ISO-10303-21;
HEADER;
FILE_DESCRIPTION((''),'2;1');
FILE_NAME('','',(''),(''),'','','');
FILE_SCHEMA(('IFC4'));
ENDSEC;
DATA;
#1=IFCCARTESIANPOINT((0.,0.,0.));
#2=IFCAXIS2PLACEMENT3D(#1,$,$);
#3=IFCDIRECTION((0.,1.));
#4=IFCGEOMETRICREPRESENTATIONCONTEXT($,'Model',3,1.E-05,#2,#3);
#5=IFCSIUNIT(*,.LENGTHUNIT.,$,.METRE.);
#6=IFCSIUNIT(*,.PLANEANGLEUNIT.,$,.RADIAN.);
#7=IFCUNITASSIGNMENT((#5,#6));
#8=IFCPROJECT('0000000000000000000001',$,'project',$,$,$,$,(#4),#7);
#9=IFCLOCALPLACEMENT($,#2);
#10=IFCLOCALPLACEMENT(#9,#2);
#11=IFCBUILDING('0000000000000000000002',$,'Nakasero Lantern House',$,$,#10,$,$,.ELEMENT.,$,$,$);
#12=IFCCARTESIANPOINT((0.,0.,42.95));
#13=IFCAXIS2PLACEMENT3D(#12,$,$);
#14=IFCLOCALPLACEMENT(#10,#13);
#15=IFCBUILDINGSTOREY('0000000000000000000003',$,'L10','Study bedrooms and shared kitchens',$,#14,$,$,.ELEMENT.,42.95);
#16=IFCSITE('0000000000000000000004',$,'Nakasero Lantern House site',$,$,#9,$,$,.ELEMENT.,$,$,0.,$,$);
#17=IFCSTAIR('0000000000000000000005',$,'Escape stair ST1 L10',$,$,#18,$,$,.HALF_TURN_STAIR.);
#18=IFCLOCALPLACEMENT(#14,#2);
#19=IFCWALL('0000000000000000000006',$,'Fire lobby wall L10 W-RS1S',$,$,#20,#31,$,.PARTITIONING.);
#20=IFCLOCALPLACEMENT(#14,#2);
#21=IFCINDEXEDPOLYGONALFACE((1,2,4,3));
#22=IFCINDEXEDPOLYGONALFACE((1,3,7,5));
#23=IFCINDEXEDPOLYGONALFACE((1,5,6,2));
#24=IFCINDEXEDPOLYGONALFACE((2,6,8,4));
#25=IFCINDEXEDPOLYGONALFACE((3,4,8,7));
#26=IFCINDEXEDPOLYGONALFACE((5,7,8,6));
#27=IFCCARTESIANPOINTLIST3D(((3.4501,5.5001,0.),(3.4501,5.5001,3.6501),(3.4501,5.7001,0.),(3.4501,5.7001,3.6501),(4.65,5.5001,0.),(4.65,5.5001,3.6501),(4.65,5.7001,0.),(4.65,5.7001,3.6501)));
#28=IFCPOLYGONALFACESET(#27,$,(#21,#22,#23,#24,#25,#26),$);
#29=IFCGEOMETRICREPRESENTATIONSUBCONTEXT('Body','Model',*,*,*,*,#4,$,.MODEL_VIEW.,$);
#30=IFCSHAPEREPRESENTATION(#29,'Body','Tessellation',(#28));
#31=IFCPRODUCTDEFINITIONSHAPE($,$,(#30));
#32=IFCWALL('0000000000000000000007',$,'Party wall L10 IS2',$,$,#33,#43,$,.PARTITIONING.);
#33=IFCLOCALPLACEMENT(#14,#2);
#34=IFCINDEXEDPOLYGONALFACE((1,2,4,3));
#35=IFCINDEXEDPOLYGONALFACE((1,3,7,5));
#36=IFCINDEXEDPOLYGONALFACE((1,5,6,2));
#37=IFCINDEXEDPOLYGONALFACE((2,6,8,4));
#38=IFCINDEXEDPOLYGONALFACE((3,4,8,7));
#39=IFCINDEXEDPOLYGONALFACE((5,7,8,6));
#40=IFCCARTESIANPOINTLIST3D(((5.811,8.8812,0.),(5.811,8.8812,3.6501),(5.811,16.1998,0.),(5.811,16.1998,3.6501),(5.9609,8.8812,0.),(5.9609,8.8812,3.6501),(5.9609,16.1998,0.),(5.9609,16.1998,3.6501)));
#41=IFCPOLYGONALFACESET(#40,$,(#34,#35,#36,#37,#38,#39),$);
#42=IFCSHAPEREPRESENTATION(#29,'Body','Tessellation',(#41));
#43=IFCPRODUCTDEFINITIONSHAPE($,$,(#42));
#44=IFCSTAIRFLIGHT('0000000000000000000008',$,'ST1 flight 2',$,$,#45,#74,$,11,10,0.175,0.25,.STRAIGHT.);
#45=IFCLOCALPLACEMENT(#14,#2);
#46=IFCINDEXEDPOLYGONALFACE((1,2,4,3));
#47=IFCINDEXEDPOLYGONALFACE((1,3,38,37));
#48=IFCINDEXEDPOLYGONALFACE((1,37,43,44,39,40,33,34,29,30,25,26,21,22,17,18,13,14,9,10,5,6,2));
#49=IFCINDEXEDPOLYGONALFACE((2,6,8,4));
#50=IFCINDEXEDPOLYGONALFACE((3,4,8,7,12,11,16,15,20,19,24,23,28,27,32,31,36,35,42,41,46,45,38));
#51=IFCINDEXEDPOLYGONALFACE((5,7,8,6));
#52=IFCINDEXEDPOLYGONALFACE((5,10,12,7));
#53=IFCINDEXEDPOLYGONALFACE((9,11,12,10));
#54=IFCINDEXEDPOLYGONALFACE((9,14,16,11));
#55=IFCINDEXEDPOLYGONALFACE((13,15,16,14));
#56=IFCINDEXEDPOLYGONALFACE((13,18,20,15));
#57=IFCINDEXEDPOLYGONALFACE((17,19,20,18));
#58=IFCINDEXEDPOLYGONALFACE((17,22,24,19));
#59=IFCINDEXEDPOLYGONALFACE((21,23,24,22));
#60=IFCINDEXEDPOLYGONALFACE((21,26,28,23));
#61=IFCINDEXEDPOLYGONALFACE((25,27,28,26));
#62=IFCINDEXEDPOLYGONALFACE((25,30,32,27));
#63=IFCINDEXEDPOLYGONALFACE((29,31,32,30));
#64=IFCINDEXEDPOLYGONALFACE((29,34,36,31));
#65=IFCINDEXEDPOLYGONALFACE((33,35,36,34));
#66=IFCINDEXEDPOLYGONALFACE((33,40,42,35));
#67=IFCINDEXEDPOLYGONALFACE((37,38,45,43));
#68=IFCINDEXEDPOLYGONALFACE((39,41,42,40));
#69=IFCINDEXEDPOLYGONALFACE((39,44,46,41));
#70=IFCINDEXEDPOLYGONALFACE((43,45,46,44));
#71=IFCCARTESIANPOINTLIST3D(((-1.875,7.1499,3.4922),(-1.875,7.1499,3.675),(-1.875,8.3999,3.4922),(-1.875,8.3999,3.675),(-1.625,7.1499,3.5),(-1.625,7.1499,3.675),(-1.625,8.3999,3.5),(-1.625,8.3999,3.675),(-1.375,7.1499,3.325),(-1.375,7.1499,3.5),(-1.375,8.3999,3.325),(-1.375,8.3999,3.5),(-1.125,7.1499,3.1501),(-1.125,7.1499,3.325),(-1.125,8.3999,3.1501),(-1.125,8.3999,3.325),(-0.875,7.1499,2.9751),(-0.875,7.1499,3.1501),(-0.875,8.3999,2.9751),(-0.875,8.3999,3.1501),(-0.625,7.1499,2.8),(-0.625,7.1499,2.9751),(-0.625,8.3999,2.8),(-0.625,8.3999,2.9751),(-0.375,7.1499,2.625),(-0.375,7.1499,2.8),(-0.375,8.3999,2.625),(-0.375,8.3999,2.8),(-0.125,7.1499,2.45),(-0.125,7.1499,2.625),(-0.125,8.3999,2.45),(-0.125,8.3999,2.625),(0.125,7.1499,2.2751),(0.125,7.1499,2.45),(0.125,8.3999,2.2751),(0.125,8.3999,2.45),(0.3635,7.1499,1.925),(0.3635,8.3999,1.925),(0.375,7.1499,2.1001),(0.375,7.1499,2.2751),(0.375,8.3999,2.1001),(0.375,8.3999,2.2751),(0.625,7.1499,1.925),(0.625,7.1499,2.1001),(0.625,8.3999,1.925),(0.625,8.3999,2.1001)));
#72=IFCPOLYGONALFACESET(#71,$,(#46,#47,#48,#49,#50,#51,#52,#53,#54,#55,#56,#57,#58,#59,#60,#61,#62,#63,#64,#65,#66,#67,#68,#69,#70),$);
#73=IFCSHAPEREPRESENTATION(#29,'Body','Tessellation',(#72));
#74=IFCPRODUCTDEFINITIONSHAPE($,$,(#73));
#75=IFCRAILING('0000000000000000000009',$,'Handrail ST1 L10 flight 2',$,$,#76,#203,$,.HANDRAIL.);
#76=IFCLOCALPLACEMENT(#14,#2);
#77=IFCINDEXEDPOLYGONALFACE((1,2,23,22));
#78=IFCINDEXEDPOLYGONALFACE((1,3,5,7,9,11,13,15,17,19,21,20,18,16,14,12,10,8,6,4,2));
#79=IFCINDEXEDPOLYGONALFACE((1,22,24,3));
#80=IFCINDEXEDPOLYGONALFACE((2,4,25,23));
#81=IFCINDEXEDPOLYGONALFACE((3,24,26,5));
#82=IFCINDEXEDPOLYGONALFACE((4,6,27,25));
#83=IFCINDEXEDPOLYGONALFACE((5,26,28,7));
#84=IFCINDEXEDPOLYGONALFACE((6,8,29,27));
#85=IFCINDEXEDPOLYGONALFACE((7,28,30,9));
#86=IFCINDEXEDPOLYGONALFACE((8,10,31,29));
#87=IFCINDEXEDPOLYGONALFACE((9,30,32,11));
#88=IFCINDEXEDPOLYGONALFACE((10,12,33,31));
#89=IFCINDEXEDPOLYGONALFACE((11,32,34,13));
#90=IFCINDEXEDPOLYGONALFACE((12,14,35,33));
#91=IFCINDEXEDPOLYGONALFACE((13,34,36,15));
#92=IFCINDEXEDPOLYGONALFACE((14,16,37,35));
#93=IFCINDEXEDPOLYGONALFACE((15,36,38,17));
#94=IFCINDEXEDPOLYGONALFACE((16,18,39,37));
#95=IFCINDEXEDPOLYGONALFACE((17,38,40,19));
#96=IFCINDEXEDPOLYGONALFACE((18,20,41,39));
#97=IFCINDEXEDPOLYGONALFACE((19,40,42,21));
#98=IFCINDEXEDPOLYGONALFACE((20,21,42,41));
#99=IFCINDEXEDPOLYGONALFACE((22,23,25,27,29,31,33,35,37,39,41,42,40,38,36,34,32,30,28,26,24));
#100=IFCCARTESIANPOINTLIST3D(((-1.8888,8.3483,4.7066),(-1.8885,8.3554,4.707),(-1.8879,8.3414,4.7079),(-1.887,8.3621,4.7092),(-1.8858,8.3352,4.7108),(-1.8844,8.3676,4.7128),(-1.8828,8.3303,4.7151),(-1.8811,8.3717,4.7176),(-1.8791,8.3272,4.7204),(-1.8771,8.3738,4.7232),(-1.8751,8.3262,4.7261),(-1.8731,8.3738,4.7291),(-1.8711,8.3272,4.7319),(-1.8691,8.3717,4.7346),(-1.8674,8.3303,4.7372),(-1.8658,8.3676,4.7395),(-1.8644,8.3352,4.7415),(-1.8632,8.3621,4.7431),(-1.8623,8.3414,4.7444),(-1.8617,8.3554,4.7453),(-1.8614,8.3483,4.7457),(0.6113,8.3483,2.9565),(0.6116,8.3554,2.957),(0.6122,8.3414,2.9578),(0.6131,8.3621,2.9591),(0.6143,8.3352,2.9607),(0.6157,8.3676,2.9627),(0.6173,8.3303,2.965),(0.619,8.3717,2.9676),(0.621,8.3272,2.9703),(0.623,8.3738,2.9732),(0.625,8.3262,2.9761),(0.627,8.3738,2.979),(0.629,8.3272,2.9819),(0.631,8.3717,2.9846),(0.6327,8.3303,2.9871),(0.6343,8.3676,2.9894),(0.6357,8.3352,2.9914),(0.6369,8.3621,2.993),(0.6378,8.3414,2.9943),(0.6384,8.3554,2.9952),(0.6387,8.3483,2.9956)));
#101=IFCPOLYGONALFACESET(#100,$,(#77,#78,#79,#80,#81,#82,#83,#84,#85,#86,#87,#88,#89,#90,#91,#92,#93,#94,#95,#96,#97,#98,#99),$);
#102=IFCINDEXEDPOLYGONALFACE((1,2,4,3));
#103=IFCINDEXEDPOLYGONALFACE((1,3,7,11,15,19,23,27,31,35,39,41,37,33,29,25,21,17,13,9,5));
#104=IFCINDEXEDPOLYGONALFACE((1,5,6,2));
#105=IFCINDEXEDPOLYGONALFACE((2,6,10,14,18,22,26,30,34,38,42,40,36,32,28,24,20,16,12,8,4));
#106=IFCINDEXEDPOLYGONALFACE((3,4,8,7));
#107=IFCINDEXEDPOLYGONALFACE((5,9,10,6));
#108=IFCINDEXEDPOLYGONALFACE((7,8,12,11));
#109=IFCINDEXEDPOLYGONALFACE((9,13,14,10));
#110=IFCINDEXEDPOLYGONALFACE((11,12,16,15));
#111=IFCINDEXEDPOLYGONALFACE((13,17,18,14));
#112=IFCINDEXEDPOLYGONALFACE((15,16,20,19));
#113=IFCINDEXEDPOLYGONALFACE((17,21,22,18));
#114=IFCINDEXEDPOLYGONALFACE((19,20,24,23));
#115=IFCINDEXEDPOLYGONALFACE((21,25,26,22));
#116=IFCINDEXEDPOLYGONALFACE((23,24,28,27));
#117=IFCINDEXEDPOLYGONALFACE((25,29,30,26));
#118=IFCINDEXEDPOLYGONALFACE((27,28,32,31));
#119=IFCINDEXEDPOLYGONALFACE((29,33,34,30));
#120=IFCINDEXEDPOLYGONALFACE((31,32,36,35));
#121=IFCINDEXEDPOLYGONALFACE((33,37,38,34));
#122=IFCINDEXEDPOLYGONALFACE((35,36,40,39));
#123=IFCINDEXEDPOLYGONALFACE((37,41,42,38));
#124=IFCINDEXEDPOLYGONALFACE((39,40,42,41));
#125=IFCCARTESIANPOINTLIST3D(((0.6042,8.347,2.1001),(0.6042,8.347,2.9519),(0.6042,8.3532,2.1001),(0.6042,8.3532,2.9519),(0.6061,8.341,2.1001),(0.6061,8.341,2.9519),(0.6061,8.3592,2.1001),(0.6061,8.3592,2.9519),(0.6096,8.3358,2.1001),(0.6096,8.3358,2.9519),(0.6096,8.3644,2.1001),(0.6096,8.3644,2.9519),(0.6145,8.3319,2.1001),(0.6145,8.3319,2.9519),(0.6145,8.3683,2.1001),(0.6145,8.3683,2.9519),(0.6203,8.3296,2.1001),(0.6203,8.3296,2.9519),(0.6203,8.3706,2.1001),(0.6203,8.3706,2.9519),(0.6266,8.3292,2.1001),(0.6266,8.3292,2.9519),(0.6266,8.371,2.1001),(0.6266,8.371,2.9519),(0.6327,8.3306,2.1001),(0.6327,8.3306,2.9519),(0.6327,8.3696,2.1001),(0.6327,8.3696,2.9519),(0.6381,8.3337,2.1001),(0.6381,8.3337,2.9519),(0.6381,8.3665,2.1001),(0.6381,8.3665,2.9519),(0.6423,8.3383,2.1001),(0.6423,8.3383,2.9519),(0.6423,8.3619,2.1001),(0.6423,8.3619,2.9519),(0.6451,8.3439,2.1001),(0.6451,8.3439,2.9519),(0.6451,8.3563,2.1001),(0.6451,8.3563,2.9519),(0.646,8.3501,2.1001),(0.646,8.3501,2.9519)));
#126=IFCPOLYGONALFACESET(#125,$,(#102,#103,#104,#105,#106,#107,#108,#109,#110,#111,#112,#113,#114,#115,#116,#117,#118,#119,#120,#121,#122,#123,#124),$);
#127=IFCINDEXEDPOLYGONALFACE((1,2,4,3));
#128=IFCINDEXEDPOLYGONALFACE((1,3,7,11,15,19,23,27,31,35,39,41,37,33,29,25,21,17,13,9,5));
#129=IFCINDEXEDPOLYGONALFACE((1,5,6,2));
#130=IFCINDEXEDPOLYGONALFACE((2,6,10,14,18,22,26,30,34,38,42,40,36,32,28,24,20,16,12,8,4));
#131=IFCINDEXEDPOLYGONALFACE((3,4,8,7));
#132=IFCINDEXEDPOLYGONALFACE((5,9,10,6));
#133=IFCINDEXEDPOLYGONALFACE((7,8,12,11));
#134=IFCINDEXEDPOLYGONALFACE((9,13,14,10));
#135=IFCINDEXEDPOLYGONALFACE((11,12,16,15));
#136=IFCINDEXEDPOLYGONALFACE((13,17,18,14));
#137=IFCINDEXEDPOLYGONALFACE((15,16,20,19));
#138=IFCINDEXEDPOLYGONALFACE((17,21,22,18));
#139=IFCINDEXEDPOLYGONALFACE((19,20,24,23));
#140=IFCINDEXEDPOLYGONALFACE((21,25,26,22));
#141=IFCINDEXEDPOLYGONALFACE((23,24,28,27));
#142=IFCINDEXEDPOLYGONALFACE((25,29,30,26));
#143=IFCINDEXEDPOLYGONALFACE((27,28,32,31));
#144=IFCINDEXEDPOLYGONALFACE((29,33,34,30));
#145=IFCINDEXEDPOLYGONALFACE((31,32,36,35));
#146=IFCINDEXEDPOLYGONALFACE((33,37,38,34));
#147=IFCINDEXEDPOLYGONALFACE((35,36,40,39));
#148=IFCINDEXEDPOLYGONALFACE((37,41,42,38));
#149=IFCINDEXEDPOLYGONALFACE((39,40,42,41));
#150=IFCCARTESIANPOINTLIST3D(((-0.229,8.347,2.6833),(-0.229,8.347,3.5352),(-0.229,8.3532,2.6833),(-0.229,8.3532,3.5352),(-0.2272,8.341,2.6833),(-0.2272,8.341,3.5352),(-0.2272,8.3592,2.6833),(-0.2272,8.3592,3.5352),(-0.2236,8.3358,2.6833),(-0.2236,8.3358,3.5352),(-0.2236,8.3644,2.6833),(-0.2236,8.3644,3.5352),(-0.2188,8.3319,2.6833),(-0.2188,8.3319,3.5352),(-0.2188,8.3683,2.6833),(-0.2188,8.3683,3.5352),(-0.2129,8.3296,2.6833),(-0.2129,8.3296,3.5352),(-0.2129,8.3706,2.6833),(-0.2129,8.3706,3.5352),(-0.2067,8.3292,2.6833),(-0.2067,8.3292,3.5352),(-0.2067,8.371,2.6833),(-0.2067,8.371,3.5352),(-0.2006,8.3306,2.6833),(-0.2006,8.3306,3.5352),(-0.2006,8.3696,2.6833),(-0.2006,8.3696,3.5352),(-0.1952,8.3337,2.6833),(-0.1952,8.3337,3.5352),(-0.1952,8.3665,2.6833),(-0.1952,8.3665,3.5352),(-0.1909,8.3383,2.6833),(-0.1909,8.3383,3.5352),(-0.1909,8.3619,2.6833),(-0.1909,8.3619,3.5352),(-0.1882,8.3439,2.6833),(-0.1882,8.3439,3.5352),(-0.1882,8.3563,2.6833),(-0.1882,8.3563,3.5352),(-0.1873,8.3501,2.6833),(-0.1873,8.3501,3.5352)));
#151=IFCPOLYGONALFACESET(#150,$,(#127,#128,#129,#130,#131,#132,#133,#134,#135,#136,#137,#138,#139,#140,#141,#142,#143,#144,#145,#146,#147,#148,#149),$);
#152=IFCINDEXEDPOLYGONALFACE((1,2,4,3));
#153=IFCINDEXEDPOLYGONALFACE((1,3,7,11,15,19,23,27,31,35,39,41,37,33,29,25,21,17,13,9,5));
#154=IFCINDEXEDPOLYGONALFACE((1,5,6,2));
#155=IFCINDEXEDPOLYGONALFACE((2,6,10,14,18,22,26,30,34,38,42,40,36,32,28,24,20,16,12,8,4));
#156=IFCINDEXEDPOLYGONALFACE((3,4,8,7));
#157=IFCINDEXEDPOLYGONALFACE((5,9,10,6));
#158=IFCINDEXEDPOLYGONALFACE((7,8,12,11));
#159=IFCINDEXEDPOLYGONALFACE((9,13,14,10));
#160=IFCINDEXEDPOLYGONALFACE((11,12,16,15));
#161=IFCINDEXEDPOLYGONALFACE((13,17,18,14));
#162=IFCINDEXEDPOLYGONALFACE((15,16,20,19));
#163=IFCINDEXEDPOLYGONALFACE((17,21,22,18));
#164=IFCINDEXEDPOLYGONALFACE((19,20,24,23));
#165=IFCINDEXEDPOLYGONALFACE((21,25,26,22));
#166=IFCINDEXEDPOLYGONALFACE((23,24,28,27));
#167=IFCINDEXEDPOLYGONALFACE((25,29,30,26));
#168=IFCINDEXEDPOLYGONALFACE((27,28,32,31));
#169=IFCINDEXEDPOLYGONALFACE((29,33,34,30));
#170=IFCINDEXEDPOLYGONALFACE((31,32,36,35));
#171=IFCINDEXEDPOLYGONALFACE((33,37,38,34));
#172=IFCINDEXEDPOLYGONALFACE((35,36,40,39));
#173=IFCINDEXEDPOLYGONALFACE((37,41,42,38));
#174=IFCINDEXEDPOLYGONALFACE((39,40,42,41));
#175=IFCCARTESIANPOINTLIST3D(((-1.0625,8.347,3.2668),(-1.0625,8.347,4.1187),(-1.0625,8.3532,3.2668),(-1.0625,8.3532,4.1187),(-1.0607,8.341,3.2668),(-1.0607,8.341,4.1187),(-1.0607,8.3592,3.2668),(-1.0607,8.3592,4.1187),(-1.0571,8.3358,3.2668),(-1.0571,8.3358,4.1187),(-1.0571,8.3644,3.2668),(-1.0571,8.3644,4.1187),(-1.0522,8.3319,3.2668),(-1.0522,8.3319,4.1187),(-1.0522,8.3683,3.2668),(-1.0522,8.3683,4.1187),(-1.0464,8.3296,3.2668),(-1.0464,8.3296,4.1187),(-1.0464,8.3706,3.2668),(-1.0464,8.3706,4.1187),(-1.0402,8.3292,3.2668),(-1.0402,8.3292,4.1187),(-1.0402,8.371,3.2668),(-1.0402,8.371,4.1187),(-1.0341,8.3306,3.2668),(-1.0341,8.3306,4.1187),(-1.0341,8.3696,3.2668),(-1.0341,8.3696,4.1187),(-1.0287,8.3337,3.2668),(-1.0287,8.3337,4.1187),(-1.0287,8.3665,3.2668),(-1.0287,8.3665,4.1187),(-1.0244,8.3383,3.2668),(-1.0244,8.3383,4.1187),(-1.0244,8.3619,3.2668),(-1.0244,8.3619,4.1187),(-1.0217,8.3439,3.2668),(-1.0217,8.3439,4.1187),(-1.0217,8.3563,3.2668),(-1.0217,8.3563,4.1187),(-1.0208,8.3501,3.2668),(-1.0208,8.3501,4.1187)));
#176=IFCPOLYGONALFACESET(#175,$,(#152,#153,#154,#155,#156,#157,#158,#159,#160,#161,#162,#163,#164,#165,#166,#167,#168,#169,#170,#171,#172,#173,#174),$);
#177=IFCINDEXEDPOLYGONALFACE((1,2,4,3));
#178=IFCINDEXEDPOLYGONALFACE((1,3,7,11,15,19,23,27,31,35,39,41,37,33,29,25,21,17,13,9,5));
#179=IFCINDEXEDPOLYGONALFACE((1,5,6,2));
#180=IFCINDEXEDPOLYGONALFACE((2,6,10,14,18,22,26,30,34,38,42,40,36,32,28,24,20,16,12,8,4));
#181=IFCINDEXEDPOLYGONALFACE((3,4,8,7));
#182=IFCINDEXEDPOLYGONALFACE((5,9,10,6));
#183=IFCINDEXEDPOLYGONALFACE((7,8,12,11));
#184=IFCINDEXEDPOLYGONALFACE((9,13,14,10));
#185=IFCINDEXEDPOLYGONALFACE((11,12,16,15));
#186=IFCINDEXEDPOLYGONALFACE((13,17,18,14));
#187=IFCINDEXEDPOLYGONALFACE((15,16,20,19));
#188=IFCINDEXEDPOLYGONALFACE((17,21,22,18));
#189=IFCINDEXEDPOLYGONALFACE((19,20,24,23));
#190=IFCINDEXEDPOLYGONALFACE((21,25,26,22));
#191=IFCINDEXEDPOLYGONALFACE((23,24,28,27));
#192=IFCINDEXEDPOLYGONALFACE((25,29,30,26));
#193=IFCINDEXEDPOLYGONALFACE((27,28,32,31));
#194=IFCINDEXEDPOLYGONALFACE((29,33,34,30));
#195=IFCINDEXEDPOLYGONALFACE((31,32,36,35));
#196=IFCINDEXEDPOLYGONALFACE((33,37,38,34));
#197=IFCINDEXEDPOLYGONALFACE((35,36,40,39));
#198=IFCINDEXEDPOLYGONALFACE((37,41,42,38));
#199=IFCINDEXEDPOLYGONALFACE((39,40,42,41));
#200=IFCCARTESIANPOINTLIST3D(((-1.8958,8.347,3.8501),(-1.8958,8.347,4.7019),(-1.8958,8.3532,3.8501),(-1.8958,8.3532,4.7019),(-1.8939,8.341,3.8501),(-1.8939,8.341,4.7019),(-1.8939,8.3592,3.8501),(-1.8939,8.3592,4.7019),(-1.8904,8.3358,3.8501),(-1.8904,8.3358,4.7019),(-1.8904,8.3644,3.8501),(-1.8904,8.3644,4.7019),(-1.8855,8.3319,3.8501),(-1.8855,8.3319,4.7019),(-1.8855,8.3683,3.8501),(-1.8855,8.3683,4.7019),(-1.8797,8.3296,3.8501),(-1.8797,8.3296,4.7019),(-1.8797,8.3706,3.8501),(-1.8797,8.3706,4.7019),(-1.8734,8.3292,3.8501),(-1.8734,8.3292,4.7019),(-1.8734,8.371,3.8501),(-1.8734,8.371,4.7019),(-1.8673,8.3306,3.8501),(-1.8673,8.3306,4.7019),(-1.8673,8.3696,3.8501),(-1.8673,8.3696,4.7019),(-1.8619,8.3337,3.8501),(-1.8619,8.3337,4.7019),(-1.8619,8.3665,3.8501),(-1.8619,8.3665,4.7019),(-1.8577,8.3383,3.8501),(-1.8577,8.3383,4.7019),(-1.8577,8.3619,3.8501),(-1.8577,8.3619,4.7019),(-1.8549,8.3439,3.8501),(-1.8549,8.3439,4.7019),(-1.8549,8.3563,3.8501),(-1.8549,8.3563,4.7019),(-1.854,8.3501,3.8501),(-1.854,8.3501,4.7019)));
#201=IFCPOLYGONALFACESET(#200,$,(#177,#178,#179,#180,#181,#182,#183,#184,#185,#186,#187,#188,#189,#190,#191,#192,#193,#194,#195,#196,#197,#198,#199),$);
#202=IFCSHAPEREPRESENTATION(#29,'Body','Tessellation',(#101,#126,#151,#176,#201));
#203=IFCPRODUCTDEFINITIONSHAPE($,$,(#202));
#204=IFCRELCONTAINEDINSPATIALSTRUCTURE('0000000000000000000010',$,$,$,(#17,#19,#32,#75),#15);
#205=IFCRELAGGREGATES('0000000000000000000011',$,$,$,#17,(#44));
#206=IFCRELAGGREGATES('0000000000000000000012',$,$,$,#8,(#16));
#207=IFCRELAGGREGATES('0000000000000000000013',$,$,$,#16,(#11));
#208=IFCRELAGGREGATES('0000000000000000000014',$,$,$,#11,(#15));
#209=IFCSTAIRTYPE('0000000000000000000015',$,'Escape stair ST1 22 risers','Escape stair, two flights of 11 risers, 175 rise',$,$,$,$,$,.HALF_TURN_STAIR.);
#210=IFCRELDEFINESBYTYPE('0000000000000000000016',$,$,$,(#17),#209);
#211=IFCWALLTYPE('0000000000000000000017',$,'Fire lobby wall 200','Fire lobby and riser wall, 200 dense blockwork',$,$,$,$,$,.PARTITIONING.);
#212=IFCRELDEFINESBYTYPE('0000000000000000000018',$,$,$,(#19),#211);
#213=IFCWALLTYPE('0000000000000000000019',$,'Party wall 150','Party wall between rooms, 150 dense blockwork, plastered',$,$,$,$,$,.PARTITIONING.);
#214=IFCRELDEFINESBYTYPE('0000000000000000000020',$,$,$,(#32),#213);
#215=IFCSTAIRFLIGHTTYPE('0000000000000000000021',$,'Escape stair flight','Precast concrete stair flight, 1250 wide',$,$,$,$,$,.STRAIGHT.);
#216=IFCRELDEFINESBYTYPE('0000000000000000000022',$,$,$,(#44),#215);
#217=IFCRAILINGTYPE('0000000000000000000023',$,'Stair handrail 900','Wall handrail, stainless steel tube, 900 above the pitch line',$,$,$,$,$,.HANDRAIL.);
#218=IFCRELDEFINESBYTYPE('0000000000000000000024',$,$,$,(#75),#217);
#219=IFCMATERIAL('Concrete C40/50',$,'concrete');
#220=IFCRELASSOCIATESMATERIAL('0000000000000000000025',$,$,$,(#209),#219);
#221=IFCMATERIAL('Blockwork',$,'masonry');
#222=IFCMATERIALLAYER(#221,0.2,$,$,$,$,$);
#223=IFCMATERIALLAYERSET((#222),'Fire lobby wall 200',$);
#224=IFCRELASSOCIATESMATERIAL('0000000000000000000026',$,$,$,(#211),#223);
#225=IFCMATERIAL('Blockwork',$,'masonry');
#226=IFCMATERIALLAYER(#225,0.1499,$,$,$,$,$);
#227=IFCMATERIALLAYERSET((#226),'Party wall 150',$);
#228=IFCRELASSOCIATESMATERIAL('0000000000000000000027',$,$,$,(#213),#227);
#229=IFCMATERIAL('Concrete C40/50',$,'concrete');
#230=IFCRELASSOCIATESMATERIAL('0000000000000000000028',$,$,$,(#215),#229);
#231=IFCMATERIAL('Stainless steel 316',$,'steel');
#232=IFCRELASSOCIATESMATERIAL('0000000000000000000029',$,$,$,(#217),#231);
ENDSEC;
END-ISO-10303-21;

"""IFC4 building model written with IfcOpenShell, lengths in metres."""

from ifc_helpers import new_model, si_unit, direction, frame, frame_2d, origin, origin_2d, place, context, subcontext, project, spatial, polyline, rectangle, circle, outline, extrude, material, layer, layer_set, type_object, element, aggregate, save


model = new_model("IFC4")

# Units and contexts
model_context = context("Model", 3, precision=1e-05, world=origin(), true_north=direction((0.0, 1.0)))
body_context = subcontext(model_context, "Body", "Model", "MODEL_VIEW")
ifc_project = project(units=[si_unit("LENGTHUNIT", "METRE"), si_unit("PLANEANGLEUNIT", "RADIAN")], contexts=[model_context])

# Site, building, storey
site_placement = place(None, origin())
site = spatial("IfcSite", under=ifc_project, at=site_placement, Name="Nakasero Lantern House site", CompositionType="ELEMENT", RefElevation=0.0)
building_placement = place(site_placement, origin())
building = spatial("IfcBuilding", under=site, at=building_placement, Name="Nakasero Lantern House", CompositionType="ELEMENT")
storey_placement = place(building_placement, frame((0.0, 0.0, 42.95)))
storey = spatial("IfcBuildingStorey", under=building, at=storey_placement, Name="L10", Description="Study bedrooms and shared kitchens", CompositionType="ELEMENT", Elevation=42.95)

# Stair
ifc_material_1 = material(Name="Concrete C40/50", Category="concrete")
stair_type_1 = type_object("IfcStairType", Name="Escape stair ST1 22 risers", Description="Escape stair, two flights of 11 risers, 175 rise", PredefinedType="HALF_TURN_STAIR", material=ifc_material_1)
stair_1_placement = place(storey_placement, origin())
stair_1 = element("IfcStair", 1, at=stair_1_placement, inside=storey, type_object=stair_type_1, Name="Escape stair ST1 L10", PredefinedType="HALF_TURN_STAIR")

# Shared definitions
ifc_material_2 = material(Name="Blockwork", Category="masonry")
ifc_layer_1 = layer(ifc_material_2, 0.2)
ifc_layer_set_1 = layer_set([ifc_layer_1], Name="Fire lobby wall 200")
wall_type_1 = type_object("IfcWallType", Name="Fire lobby wall 200", Description="Fire lobby and riser wall, 200 dense blockwork", PredefinedType="PARTITIONING", material=ifc_layer_set_1)

# Walls
for number, where, z_axis, x_axis, name in (
    (2, (3.45, 5.6001, 0.0), (0.0, 0.0, 1.0), (1.0, 0.0, 0.0), "Fire lobby wall L10 W-RS1S"),
):
    element("IfcWall", number, at=place(storey_placement, frame(where, z_axis=z_axis, x_axis=x_axis)), inside=storey, type_object=wall_type_1, Name=name, PredefinedType="PARTITIONING", context=body_context, shape_type="SweptSolid", body=[
        extrude(rectangle(XDim=1.2, YDim=0.2, at=frame_2d((0.6001, 0.0))), origin(), (0.0, 0.0, 1.0), 3.6501),
    ])
ifc_material_3 = material(Name="Blockwork", Category="masonry")
ifc_layer_2 = layer(ifc_material_3, 0.1499)
ifc_layer_set_2 = layer_set([ifc_layer_2], Name="Party wall 150")
wall_type_2 = type_object("IfcWallType", Name="Party wall 150", Description="Party wall between rooms, 150 dense blockwork, plastered", PredefinedType="PARTITIONING", material=ifc_layer_set_2)
wall_1_placement = place(storey_placement, frame((5.886, 8.8813, 0.0), z_axis=(0.0, 0.0, 1.0), x_axis=(0.0, 1.0, 0.0)))
element("IfcWall", 3, at=wall_1_placement, inside=storey, type_object=wall_type_2, Name="Party wall L10 IS2", PredefinedType="PARTITIONING", context=body_context, shape_type="SweptSolid", body=[
    extrude(rectangle(XDim=7.3186, YDim=0.1499, at=frame_2d((3.6592, 0.0))), origin(), (0.0, 0.0, 1.0), 3.6501),
])

# Stair flight
ifc_material_4 = material(Name="Concrete C40/50", Category="concrete")
stair_flight_type = type_object("IfcStairFlightType", Name="Escape stair flight", Description="Precast concrete stair flight, 1250 wide", PredefinedType="STRAIGHT", material=ifc_material_4)
stair_flight_placement = place(storey_placement, frame((0.625, 7.7749, 1.925), z_axis=(0.0, 0.0, 1.0), x_axis=(-1.0, 0.0, 0.0)))
stair_flight = element("IfcStairFlight", 4, at=stair_flight_placement, type_object=stair_flight_type, Name="ST1 flight 2", NumberOfRisers=11, NumberOfTreads=10, PredefinedType="STRAIGHT", RiserHeight=0.175, TreadLength=0.25, context=body_context, shape_type="SweptSolid", body=[
    extrude(outline(polyline([(0.0, 0.0), (0.0, 0.175), (0.25, 0.175), (0.25, 0.3501), (0.5, 0.3501), (0.5, 0.5249), (0.75, 0.5249), (0.75, 0.7), (1.0, 0.7), (1.0, 0.875), (1.25, 0.875), (1.25, 1.05), (1.5, 1.05), (1.5, 1.2251), (1.75, 1.2251), (1.75, 1.3999), (2.0, 1.3999), (2.0, 1.575), (2.25, 1.575), (2.25, 1.75), (2.5, 1.75), (2.5, 1.925), (2.5, 1.5671), (0.2615, 0.0), (0.0, 0.0)])), frame((0.0, 0.625, 0.0), z_axis=(0.0, -1.0, 0.0), x_axis=(1.0, 0.0, 0.0)), (0.0, 0.0, 1.0), 1.25),
])
aggregate(stair_1, [stair_flight])

# Railing
ifc_material_5 = material(Name="Stainless steel 316", Category="steel")
railing_type = type_object("IfcRailingType", Name="Stair handrail 900", Description="Wall handrail, stainless steel tube, 900 above the pitch line", PredefinedType="HANDRAIL", material=ifc_material_5)
railing_placement = place(storey_placement, frame((0.625, 8.3501, 2.1001)))
element("IfcRailing", 5, at=railing_placement, inside=storey, type_object=railing_type, Name="Handrail ST1 L10 flight 2", PredefinedType="HANDRAIL", context=body_context, shape_type="SweptSolid", body=[
    extrude(circle(Radius=0.0239, at=origin_2d()), frame((0.0, 0.0, 0.876), z_axis=(-0.819232, 0.0, 0.573462), x_axis=(0.0, -1.0, 0.0)), (0.0, 0.0, 1.0), 3.0518),
    extrude(circle(Radius=0.021, at=origin_2d()), origin(), (0.0, 0.0, 1.0), 0.8518),
    extrude(circle(Radius=0.021, at=origin_2d()), frame((-0.8333, 0.0, 0.5833)), (0.0, 0.0, 1.0), 0.8518),
    extrude(circle(Radius=0.021, at=origin_2d()), frame((-1.6667, 0.0, 1.1667)), (0.0, 0.0, 1.0), 0.8518),
    extrude(circle(Radius=0.021, at=origin_2d()), frame((-2.5, 0.0, 1.75)), (0.0, 0.0, 1.0), 0.8518),
])

save(model, "model.ifc")
